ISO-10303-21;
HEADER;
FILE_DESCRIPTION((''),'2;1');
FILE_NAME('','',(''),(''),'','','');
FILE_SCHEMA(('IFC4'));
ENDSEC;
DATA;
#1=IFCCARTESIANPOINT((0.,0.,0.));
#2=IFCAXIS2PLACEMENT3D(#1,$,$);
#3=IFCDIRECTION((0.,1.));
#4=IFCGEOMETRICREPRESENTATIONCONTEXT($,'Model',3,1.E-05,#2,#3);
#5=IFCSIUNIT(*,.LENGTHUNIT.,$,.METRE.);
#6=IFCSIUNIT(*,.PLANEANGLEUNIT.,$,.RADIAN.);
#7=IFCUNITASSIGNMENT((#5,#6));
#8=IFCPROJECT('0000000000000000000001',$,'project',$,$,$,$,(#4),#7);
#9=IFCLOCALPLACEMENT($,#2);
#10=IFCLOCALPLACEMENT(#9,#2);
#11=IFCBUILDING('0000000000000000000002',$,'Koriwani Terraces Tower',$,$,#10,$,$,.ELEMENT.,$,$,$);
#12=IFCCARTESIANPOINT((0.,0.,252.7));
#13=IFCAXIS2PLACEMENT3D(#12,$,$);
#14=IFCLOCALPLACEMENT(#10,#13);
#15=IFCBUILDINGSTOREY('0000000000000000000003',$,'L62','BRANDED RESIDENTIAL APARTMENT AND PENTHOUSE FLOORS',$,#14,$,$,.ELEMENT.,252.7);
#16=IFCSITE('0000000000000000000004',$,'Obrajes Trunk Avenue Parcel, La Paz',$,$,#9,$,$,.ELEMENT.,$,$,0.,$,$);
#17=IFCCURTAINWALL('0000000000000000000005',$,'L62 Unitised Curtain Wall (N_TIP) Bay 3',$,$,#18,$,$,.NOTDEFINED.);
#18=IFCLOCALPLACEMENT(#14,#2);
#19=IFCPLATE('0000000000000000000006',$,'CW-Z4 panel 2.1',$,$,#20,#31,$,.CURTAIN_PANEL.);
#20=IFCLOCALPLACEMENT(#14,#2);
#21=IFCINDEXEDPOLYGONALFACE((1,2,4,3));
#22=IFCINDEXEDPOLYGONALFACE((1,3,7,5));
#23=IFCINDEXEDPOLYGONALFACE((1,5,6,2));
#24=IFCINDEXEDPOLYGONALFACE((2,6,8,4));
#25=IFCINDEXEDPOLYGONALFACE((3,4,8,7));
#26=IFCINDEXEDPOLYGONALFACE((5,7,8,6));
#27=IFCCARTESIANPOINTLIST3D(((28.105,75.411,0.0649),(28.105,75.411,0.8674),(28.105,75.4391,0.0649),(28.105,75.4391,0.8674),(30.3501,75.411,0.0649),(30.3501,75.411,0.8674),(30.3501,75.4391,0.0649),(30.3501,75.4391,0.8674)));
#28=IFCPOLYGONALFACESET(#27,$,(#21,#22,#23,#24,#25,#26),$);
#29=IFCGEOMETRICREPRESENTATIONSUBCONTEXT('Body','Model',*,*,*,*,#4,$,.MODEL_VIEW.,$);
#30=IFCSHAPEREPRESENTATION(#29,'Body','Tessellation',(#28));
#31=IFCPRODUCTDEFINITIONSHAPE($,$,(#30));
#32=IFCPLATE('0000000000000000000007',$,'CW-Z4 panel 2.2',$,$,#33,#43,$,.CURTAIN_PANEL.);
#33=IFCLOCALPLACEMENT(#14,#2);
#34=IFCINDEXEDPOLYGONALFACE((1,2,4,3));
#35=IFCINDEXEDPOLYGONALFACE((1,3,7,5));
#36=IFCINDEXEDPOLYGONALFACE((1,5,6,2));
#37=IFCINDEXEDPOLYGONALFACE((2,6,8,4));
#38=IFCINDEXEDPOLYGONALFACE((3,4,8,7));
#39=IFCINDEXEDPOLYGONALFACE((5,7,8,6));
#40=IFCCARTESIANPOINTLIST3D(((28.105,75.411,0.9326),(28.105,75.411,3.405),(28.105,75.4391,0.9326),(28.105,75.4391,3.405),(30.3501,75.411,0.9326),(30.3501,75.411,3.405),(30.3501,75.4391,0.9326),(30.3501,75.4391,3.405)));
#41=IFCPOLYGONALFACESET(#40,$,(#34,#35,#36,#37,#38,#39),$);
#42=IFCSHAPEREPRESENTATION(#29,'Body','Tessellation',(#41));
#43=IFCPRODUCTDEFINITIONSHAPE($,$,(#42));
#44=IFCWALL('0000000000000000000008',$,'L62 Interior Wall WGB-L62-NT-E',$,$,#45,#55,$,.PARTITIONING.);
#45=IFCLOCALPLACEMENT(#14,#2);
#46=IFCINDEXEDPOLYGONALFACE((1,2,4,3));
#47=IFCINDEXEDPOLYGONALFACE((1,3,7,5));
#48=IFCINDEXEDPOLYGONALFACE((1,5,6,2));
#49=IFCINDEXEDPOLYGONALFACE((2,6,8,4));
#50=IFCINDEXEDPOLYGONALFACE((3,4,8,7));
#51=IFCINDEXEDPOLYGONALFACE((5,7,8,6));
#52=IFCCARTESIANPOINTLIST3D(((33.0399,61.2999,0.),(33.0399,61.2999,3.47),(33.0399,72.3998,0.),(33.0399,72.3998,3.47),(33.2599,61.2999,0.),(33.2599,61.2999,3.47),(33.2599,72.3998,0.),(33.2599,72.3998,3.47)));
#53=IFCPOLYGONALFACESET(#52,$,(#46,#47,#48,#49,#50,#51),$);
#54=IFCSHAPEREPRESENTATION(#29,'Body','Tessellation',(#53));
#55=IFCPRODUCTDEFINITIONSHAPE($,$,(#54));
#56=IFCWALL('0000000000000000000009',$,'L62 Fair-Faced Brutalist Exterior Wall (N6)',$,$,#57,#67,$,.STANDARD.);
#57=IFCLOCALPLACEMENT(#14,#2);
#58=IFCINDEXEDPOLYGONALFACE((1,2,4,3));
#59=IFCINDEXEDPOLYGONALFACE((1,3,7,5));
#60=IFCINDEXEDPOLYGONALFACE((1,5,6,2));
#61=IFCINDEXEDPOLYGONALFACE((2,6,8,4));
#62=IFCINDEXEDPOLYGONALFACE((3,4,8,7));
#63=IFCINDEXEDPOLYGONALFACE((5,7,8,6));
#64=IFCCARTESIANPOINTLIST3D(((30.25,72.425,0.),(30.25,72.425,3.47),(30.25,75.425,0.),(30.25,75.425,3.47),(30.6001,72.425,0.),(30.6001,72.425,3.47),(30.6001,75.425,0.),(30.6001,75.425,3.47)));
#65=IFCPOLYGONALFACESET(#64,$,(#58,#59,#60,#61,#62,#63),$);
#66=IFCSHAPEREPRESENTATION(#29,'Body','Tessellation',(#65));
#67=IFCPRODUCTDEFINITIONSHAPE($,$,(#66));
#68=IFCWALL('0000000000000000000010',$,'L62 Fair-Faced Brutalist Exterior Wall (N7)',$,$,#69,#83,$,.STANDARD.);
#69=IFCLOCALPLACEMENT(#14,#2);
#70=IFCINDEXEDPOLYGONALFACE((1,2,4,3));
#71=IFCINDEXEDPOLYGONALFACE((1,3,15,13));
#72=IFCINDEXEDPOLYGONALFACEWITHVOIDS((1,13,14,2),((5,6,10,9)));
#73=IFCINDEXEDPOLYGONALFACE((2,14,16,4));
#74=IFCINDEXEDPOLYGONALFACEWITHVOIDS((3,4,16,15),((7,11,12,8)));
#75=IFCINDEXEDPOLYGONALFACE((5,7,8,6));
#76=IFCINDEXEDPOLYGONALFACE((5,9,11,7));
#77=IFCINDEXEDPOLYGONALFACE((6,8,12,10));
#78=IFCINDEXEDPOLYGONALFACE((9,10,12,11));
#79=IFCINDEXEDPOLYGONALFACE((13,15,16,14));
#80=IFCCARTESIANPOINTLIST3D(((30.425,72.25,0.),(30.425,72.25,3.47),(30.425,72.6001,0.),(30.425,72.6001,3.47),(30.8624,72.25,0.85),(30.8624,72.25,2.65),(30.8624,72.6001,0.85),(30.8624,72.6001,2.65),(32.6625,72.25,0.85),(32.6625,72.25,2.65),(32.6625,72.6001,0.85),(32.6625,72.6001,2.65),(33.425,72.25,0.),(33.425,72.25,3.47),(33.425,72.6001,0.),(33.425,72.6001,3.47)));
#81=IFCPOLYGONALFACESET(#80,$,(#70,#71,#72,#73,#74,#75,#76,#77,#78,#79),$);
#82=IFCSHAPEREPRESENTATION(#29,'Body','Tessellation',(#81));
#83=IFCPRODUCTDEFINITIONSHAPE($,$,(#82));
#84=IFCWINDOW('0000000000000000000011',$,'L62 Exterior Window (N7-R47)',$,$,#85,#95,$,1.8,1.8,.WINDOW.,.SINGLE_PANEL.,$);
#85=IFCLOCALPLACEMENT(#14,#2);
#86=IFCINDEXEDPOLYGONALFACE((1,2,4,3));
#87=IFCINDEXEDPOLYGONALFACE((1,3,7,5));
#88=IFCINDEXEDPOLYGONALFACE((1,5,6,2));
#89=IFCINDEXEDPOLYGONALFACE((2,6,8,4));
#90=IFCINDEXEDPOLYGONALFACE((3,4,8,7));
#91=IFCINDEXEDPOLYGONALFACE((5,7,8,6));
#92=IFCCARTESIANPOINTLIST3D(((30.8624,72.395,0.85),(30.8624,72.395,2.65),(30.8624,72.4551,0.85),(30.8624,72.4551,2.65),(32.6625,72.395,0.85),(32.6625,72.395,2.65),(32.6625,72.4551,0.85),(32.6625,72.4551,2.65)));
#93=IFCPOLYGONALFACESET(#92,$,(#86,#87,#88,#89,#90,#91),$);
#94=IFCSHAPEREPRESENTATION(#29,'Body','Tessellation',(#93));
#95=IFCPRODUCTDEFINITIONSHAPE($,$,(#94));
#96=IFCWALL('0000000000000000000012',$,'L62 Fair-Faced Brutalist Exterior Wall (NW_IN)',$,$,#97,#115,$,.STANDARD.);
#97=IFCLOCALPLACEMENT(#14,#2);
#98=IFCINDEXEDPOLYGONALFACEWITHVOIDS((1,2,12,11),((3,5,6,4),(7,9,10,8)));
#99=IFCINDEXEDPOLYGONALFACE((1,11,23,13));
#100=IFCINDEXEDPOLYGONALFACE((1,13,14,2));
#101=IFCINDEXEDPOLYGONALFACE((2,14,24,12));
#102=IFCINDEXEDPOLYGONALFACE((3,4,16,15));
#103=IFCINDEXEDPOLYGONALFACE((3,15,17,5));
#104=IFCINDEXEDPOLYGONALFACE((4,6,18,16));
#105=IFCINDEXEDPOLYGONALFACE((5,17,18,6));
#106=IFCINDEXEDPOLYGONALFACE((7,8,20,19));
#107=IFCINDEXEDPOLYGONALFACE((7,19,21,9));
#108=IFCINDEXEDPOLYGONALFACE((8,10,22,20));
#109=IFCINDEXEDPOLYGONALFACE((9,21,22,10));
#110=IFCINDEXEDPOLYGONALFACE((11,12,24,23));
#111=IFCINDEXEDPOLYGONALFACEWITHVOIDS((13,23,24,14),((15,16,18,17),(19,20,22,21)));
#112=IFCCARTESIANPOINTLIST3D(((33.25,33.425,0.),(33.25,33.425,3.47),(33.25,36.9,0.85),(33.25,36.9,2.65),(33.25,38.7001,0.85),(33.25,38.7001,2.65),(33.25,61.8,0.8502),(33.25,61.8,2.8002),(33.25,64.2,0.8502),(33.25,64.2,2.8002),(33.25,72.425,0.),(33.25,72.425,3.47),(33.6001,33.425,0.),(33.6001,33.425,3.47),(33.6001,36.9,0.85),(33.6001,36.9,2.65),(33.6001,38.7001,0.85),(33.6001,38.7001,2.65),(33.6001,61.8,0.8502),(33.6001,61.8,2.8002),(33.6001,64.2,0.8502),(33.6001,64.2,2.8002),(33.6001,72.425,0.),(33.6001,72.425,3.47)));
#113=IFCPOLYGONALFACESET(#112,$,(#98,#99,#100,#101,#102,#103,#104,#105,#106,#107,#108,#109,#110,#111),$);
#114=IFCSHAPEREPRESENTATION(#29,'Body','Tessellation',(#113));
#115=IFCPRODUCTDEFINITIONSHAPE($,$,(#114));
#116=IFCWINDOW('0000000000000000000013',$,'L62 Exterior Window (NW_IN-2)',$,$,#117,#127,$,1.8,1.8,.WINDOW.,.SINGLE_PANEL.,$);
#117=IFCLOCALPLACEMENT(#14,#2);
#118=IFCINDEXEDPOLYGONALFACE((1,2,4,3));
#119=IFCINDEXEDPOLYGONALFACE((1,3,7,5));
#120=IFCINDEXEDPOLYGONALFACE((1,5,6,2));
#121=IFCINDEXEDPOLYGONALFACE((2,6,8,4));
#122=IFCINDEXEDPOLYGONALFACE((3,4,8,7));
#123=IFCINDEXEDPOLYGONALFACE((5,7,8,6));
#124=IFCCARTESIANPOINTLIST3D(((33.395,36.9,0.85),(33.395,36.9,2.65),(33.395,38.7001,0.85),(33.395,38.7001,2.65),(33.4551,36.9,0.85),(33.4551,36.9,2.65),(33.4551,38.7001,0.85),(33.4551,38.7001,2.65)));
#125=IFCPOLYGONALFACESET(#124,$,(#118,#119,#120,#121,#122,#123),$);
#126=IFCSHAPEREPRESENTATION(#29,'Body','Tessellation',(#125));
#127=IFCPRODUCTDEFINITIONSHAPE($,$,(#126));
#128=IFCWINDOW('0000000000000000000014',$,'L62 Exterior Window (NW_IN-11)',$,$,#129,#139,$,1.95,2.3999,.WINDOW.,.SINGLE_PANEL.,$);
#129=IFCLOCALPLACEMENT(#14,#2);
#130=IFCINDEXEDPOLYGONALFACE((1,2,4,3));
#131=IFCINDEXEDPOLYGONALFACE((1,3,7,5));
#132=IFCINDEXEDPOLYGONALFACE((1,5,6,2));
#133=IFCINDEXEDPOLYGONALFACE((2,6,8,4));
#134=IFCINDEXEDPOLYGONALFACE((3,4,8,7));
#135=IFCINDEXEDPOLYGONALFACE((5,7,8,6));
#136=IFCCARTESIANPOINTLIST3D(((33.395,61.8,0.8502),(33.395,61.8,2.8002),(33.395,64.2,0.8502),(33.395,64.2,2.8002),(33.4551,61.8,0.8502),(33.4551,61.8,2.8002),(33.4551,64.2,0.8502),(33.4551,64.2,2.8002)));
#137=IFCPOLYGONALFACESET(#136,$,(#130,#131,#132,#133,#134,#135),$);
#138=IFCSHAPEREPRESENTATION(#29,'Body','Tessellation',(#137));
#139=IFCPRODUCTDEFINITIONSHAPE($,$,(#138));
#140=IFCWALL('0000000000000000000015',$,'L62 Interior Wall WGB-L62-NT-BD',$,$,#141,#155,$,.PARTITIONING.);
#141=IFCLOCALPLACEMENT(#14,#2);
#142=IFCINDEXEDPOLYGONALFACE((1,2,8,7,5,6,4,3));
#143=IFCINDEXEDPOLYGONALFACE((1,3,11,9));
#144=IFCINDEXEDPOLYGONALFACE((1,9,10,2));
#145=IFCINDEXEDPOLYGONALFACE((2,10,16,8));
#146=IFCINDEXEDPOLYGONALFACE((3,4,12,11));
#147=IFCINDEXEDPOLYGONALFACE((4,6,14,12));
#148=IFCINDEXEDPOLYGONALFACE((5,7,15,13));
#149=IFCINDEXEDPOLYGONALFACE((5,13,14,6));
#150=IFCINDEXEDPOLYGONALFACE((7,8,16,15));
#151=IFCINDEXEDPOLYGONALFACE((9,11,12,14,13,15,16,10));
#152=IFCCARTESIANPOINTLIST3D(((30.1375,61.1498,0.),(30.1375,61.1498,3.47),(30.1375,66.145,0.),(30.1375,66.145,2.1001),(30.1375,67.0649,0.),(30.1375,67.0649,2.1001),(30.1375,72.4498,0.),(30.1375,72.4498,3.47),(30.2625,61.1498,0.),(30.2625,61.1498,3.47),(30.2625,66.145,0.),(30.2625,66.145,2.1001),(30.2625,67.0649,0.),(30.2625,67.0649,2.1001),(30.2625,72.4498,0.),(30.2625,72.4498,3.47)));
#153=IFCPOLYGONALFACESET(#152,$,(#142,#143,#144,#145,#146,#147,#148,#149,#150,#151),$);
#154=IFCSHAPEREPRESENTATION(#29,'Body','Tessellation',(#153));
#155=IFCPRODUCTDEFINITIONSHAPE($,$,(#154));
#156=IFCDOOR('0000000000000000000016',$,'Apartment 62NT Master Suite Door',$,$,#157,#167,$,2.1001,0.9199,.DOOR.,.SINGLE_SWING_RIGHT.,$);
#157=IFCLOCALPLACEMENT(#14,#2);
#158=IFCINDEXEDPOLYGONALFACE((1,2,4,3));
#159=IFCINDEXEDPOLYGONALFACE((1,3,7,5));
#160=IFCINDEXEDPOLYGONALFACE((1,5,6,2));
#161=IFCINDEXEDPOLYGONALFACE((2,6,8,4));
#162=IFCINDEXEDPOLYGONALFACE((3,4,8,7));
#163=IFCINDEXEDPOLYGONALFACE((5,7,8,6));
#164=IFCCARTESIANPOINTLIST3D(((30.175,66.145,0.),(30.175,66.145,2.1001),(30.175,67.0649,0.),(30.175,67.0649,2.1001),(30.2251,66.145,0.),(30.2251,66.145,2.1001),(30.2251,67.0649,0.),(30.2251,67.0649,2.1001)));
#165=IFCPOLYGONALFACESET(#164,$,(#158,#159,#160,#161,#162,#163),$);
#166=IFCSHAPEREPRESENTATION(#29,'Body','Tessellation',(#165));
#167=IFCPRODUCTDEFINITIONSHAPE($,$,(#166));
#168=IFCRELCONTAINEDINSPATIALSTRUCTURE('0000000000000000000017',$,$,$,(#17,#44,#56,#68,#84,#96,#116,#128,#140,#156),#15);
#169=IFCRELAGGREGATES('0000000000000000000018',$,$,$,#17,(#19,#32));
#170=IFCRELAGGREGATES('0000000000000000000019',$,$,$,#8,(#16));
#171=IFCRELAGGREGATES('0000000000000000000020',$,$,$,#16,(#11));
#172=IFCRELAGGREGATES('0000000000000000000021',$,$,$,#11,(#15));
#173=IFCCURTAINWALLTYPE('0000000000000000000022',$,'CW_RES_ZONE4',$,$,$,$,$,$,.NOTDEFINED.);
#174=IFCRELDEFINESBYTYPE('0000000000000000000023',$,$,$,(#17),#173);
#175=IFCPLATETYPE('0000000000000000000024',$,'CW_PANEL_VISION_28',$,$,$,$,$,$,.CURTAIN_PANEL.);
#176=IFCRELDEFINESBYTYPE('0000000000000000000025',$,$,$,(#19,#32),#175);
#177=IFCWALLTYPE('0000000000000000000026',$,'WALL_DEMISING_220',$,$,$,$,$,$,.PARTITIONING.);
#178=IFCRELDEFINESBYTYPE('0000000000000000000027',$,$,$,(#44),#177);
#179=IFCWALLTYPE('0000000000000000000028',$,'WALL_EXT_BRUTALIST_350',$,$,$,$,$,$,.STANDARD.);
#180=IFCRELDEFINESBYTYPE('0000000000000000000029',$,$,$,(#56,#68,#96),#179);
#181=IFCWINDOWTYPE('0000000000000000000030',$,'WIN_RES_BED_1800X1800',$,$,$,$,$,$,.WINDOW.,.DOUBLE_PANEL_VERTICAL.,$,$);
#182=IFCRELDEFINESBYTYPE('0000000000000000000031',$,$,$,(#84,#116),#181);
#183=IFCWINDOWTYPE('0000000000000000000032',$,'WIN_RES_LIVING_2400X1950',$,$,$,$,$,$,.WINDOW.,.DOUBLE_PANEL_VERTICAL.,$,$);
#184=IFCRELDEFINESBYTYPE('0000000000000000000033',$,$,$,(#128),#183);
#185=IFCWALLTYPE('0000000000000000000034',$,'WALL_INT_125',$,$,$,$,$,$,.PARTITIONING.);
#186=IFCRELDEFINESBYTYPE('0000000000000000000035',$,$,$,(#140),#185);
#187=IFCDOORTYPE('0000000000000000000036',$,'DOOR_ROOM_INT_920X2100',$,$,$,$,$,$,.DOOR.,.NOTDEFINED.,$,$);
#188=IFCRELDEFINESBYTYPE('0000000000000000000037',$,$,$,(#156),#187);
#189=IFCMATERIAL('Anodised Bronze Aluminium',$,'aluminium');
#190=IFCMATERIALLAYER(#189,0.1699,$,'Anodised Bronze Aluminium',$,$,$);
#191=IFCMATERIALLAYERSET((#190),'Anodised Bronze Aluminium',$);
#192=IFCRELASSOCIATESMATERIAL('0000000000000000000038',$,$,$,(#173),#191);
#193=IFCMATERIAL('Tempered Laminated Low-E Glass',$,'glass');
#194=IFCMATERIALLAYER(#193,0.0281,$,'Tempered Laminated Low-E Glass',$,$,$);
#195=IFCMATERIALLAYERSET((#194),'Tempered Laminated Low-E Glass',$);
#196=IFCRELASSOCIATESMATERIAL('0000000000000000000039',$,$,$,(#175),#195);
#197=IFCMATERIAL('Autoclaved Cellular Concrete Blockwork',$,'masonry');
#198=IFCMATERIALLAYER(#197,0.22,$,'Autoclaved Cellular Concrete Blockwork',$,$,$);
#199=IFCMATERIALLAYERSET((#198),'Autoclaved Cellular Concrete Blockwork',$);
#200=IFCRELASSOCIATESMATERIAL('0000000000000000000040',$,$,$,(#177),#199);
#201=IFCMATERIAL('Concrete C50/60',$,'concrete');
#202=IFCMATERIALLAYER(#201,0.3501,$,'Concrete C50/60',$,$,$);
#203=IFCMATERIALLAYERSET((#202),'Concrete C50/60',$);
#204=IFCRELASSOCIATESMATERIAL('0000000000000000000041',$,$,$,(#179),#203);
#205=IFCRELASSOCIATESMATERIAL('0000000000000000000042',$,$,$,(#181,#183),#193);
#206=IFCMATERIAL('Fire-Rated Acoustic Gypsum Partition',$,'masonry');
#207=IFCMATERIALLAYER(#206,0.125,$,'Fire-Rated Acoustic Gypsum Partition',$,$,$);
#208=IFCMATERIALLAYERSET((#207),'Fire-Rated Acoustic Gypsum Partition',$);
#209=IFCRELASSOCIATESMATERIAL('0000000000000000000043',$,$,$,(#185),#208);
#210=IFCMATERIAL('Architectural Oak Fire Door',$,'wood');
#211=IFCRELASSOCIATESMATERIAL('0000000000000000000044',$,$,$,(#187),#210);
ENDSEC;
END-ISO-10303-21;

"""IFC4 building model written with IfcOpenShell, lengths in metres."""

from ifc_helpers import new_model, si_unit, direction, frame, frame_2d, origin, origin_2d, place, context, subcontext, project, spatial, rectangle, extrude, material, layer, layer_set, type_object, element, fill, aggregate, save


model = new_model("IFC4")

# Units and contexts
model_context = context("Model", 3, precision=1e-05, world=origin(), true_north=direction((0.0, 1.0)))
body_context = subcontext(model_context, "Body", "Model", "MODEL_VIEW")
ifc_project = project(units=[si_unit("LENGTHUNIT", "METRE"), si_unit("PLANEANGLEUNIT", "RADIAN")], contexts=[model_context])

# Site, building, storey
site_placement = place(None, origin())
site = spatial("IfcSite", under=ifc_project, at=site_placement, Name="Obrajes Trunk Avenue Parcel, La Paz", CompositionType="ELEMENT", RefElevation=0.0)
building_placement = place(site_placement, origin())
building = spatial("IfcBuilding", under=site, at=building_placement, Name="Koriwani Terraces Tower", CompositionType="ELEMENT")
storey_placement = place(building_placement, frame((0.0, 0.0, 252.7)))
storey = spatial("IfcBuildingStorey", under=building, at=storey_placement, Name="L62", Description="BRANDED RESIDENTIAL APARTMENT AND PENTHOUSE FLOORS", CompositionType="ELEMENT", Elevation=252.7)

# Shared definitions
ifc_material_1 = material(Name="Concrete C50/60", Category="concrete")

# Curtain wall, plates
ifc_material_2 = material(Name="Anodised Bronze Aluminium", Category="aluminium")
ifc_layer_1 = layer(ifc_material_2, 0.1699, Name="Anodised Bronze Aluminium")
ifc_layer_set_1 = layer_set([ifc_layer_1], Name="Anodised Bronze Aluminium")
curtain_wall_type = type_object("IfcCurtainWallType", Name="CW_RES_ZONE4", PredefinedType="NOTDEFINED", material=ifc_layer_set_1)
curtain_wall_placement = place(storey_placement, origin())
curtain_wall = element("IfcCurtainWall", 1, at=curtain_wall_placement, inside=storey, type_object=curtain_wall_type, Name="L62 Unitised Curtain Wall (N_TIP) Bay 3", PredefinedType="NOTDEFINED")
ifc_material_3 = material(Name="Tempered Laminated Low-E Glass", Category="glass")
ifc_layer_2 = layer(ifc_material_3, 0.0281, Name="Tempered Laminated Low-E Glass")
ifc_layer_set_2 = layer_set([ifc_layer_2], Name="Tempered Laminated Low-E Glass")
plate_type = type_object("IfcPlateType", Name="CW_PANEL_VISION_28", PredefinedType="CURTAIN_PANEL", material=ifc_layer_set_2)
plate_1_placement = place(storey_placement, frame((29.2275, 75.425, 0.0649), z_axis=(0.0, 0.0, 1.0), x_axis=(1.0, 0.0, 0.0)))
plate_1 = element("IfcPlate", 2, at=plate_1_placement, type_object=plate_type, Name="CW-Z4 panel 2.1", PredefinedType="CURTAIN_PANEL", context=body_context, shape_type="SweptSolid", body=[
    extrude(rectangle(XDim=2.2451, YDim=0.0281, at=origin_2d()), origin(), (0.0, 0.0, 1.0), 0.8025),
])
plate_2_placement = place(storey_placement, frame((29.2275, 75.425, 0.9326), z_axis=(0.0, 0.0, 1.0), x_axis=(1.0, 0.0, 0.0)))
plate_2 = element("IfcPlate", 3, at=plate_2_placement, type_object=plate_type, Name="CW-Z4 panel 2.2", PredefinedType="CURTAIN_PANEL", context=body_context, shape_type="SweptSolid", body=[
    extrude(rectangle(XDim=2.2451, YDim=0.0281, at=origin_2d()), origin(), (0.0, 0.0, 1.0), 2.4724),
])
aggregate(curtain_wall, [plate_1, plate_2])

# Walls
ifc_material_4 = material(Name="Autoclaved Cellular Concrete Blockwork", Category="masonry")
ifc_layer_3 = layer(ifc_material_4, 0.22, Name="Autoclaved Cellular Concrete Blockwork")
ifc_layer_set_3 = layer_set([ifc_layer_3], Name="Autoclaved Cellular Concrete Blockwork")
wall_type_1 = type_object("IfcWallType", Name="WALL_DEMISING_220", PredefinedType="PARTITIONING", material=ifc_layer_set_3)
wall_1_placement = place(storey_placement, frame((33.1499, 61.3, 0.0), z_axis=(0.0, 0.0, 1.0), x_axis=(0.0, 1.0, 0.0)))
element("IfcWall", 4, at=wall_1_placement, inside=storey, type_object=wall_type_1, Name="L62 Interior Wall WGB-L62-NT-E", PredefinedType="PARTITIONING", context=body_context, shape_type="SweptSolid", body=[
    extrude(rectangle(XDim=11.0999, YDim=0.22, at=frame_2d((5.5498, 0.0))), origin(), (0.0, 0.0, 1.0), 3.47),
])
ifc_layer_4 = layer(ifc_material_1, 0.3501, Name="Concrete C50/60")
ifc_layer_set_4 = layer_set([ifc_layer_4], Name="Concrete C50/60")
wall_type_2 = type_object("IfcWallType", Name="WALL_EXT_BRUTALIST_350", PredefinedType="STANDARD", material=ifc_layer_set_4)
wall_2_placement = place(storey_placement, frame((30.425, 75.425, 0.0), z_axis=(0.0, 0.0, 1.0), x_axis=(0.0, -1.0, 0.0)))
element("IfcWall", 5, at=wall_2_placement, inside=storey, type_object=wall_type_2, Name="L62 Fair-Faced Brutalist Exterior Wall (N6)", PredefinedType="STANDARD", context=body_context, shape_type="SweptSolid", body=[
    extrude(rectangle(XDim=3.0, YDim=0.3501, at=frame_2d((1.5, 0.0))), origin(), (0.0, 0.0, 1.0), 3.47),
])

# Wall, opening, window
wall_3_placement = place(storey_placement, frame((30.425, 72.425, 0.0), z_axis=(0.0, 0.0, 1.0), x_axis=(1.0, 0.0, 0.0)))
wall_3 = element("IfcWall", 6, at=wall_3_placement, inside=storey, type_object=wall_type_2, Name="L62 Fair-Faced Brutalist Exterior Wall (N7)", PredefinedType="STANDARD", context=body_context, shape_type="SweptSolid", body=[
    extrude(rectangle(XDim=3.0, YDim=0.3501, at=frame_2d((1.5, 0.0))), origin(), (0.0, 0.0, 1.0), 3.47),
])
opening_1_placement = place(wall_3_placement, frame((0.4375, 0.0, 0.8501)))
opening_1 = element("IfcOpeningElement", 7, at=opening_1_placement, cuts=wall_3, PredefinedType="OPENING", context=body_context, shape_type="SweptSolid", body=[
    extrude(rectangle(XDim=1.8, YDim=1.8, at=frame_2d((0.8999, 0.8999))), frame((0.0, 0.1851, 0.0), z_axis=(0.0, -1.0, 0.0), x_axis=(1.0, 0.0, 0.0)), (0.0, 0.0, 1.0), 0.3701),
])
window_type_1 = type_object("IfcWindowType", Name="WIN_RES_BED_1800X1800", PartitioningType="DOUBLE_PANEL_VERTICAL", PredefinedType="WINDOW", material=ifc_material_3)
window_1_placement = place(opening_1_placement, origin())
window_1 = element("IfcWindow", 8, at=window_1_placement, inside=storey, type_object=window_type_1, Name="L62 Exterior Window (N7-R47)", OverallHeight=1.8, OverallWidth=1.8, PartitioningType="SINGLE_PANEL", PredefinedType="WINDOW", context=body_context, shape_type="SweptSolid", body=[
    extrude(rectangle(XDim=1.8, YDim=1.8, at=frame_2d((0.8999, 0.8999))), frame((0.0, 0.03, 0.0), z_axis=(0.0, -1.0, 0.0), x_axis=(1.0, 0.0, 0.0)), (0.0, 0.0, 1.0), 0.0601),
])
fill(opening_1, window_1)

# Wall, openings, windows
wall_4_placement = place(storey_placement, frame((33.425, 72.425, 0.0), z_axis=(0.0, 0.0, 1.0), x_axis=(0.0, -1.0, 0.0)))
wall_4 = element("IfcWall", 9, at=wall_4_placement, inside=storey, type_object=wall_type_2, Name="L62 Fair-Faced Brutalist Exterior Wall (NW_IN)", PredefinedType="STANDARD", context=body_context, shape_type="SweptSolid", body=[
    extrude(rectangle(XDim=39.0, YDim=0.3501, at=frame_2d((19.5, 0.0))), origin(), (0.0, 0.0, 1.0), 3.47),
])
opening_2_placement = place(wall_4_placement, frame((33.7251, 0.0, 0.8501)))
opening_2 = element("IfcOpeningElement", 10, at=opening_2_placement, cuts=wall_4, PredefinedType="OPENING", context=body_context, shape_type="SweptSolid", body=[
    extrude(rectangle(XDim=1.8, YDim=1.8, at=frame_2d((0.8999, 0.8999))), frame((0.0, 0.1851, 0.0), z_axis=(0.0, -1.0, 0.0), x_axis=(1.0, 0.0, 0.0)), (0.0, 0.0, 1.0), 0.3701),
])
opening_3_placement = place(wall_4_placement, frame((8.2251, 0.0, 0.8501)))
opening_3 = element("IfcOpeningElement", 11, at=opening_3_placement, cuts=wall_4, PredefinedType="OPENING", context=body_context, shape_type="SweptSolid", body=[
    extrude(rectangle(XDim=2.3999, YDim=1.95, at=frame_2d((1.2, 0.9751))), frame((0.0, 0.1851, 0.0), z_axis=(0.0, -1.0, 0.0), x_axis=(1.0, 0.0, 0.0)), (0.0, 0.0, 1.0), 0.3701),
])
window_2_placement = place(opening_2_placement, origin())
window_2 = element("IfcWindow", 12, at=window_2_placement, inside=storey, type_object=window_type_1, Name="L62 Exterior Window (NW_IN-2)", OverallHeight=1.8, OverallWidth=1.8, PartitioningType="SINGLE_PANEL", PredefinedType="WINDOW", context=body_context, shape_type="SweptSolid", body=[
    extrude(rectangle(XDim=1.8, YDim=1.8, at=frame_2d((0.8999, 0.8999))), frame((0.0, 0.03, 0.0), z_axis=(0.0, -1.0, 0.0), x_axis=(1.0, 0.0, 0.0)), (0.0, 0.0, 1.0), 0.0601),
])
fill(opening_2, window_2)
window_type_2 = type_object("IfcWindowType", Name="WIN_RES_LIVING_2400X1950", PartitioningType="DOUBLE_PANEL_VERTICAL", PredefinedType="WINDOW", material=ifc_material_3)
window_3_placement = place(opening_3_placement, origin())
window_3 = element("IfcWindow", 13, at=window_3_placement, inside=storey, type_object=window_type_2, Name="L62 Exterior Window (NW_IN-11)", OverallHeight=1.95, OverallWidth=2.3999, PartitioningType="SINGLE_PANEL", PredefinedType="WINDOW", context=body_context, shape_type="SweptSolid", body=[
    extrude(rectangle(XDim=2.3999, YDim=1.95, at=frame_2d((1.2, 0.9751))), frame((0.0, 0.03, 0.0), z_axis=(0.0, -1.0, 0.0), x_axis=(1.0, 0.0, 0.0)), (0.0, 0.0, 1.0), 0.0601),
])
fill(opening_3, window_3)

# Wall, opening, door
ifc_material_5 = material(Name="Fire-Rated Acoustic Gypsum Partition", Category="masonry")
ifc_layer_5 = layer(ifc_material_5, 0.125, Name="Fire-Rated Acoustic Gypsum Partition")
ifc_layer_set_5 = layer_set([ifc_layer_5], Name="Fire-Rated Acoustic Gypsum Partition")
wall_type_3 = type_object("IfcWallType", Name="WALL_INT_125", PredefinedType="PARTITIONING", material=ifc_layer_set_5)
wall_5_placement = place(storey_placement, frame((30.2, 61.1499, 0.0), z_axis=(0.0, 0.0, 1.0), x_axis=(0.0, 1.0, 0.0)))
wall_5 = element("IfcWall", 14, at=wall_5_placement, inside=storey, type_object=wall_type_3, Name="L62 Interior Wall WGB-L62-NT-BD", PredefinedType="PARTITIONING", context=body_context, shape_type="SweptSolid", body=[
    extrude(rectangle(XDim=11.3, YDim=0.125, at=frame_2d((5.6499, 0.0))), origin(), (0.0, 0.0, 1.0), 3.47),
])
opening_4_placement = place(wall_5_placement, frame((4.9951, 0.0, 0.0)))
opening_4 = element("IfcOpeningElement", 15, at=opening_4_placement, cuts=wall_5, PredefinedType="OPENING", context=body_context, shape_type="SweptSolid", body=[
    extrude(rectangle(XDim=0.9199, YDim=2.1001, at=frame_2d((0.46, 1.05))), frame((0.0, 0.0725, 0.0), z_axis=(0.0, -1.0, 0.0), x_axis=(1.0, 0.0, 0.0)), (0.0, 0.0, 1.0), 0.145),
])
ifc_material_6 = material(Name="Architectural Oak Fire Door", Category="wood")
door_type_1 = type_object("IfcDoorType", Name="DOOR_ROOM_INT_920X2100", OperationType="NOTDEFINED", PredefinedType="DOOR", material=ifc_material_6)
door_1_placement = place(opening_4_placement, origin())
door_1 = element("IfcDoor", 16, at=door_1_placement, inside=storey, type_object=door_type_1, Name="Apartment 62NT Master Suite Door", OperationType="SINGLE_SWING_RIGHT", OverallHeight=2.1001, OverallWidth=0.9199, PredefinedType="DOOR", context=body_context, shape_type="SweptSolid", body=[
    extrude(rectangle(XDim=0.9199, YDim=2.1001, at=frame_2d((0.46, 1.05))), frame((0.0, 0.0249, 0.0), z_axis=(0.0, -1.0, 0.0), x_axis=(1.0, 0.0, 0.0)), (0.0, 0.0, 1.0), 0.05),
])
fill(opening_4, door_1)

save(model, "model.ifc")
